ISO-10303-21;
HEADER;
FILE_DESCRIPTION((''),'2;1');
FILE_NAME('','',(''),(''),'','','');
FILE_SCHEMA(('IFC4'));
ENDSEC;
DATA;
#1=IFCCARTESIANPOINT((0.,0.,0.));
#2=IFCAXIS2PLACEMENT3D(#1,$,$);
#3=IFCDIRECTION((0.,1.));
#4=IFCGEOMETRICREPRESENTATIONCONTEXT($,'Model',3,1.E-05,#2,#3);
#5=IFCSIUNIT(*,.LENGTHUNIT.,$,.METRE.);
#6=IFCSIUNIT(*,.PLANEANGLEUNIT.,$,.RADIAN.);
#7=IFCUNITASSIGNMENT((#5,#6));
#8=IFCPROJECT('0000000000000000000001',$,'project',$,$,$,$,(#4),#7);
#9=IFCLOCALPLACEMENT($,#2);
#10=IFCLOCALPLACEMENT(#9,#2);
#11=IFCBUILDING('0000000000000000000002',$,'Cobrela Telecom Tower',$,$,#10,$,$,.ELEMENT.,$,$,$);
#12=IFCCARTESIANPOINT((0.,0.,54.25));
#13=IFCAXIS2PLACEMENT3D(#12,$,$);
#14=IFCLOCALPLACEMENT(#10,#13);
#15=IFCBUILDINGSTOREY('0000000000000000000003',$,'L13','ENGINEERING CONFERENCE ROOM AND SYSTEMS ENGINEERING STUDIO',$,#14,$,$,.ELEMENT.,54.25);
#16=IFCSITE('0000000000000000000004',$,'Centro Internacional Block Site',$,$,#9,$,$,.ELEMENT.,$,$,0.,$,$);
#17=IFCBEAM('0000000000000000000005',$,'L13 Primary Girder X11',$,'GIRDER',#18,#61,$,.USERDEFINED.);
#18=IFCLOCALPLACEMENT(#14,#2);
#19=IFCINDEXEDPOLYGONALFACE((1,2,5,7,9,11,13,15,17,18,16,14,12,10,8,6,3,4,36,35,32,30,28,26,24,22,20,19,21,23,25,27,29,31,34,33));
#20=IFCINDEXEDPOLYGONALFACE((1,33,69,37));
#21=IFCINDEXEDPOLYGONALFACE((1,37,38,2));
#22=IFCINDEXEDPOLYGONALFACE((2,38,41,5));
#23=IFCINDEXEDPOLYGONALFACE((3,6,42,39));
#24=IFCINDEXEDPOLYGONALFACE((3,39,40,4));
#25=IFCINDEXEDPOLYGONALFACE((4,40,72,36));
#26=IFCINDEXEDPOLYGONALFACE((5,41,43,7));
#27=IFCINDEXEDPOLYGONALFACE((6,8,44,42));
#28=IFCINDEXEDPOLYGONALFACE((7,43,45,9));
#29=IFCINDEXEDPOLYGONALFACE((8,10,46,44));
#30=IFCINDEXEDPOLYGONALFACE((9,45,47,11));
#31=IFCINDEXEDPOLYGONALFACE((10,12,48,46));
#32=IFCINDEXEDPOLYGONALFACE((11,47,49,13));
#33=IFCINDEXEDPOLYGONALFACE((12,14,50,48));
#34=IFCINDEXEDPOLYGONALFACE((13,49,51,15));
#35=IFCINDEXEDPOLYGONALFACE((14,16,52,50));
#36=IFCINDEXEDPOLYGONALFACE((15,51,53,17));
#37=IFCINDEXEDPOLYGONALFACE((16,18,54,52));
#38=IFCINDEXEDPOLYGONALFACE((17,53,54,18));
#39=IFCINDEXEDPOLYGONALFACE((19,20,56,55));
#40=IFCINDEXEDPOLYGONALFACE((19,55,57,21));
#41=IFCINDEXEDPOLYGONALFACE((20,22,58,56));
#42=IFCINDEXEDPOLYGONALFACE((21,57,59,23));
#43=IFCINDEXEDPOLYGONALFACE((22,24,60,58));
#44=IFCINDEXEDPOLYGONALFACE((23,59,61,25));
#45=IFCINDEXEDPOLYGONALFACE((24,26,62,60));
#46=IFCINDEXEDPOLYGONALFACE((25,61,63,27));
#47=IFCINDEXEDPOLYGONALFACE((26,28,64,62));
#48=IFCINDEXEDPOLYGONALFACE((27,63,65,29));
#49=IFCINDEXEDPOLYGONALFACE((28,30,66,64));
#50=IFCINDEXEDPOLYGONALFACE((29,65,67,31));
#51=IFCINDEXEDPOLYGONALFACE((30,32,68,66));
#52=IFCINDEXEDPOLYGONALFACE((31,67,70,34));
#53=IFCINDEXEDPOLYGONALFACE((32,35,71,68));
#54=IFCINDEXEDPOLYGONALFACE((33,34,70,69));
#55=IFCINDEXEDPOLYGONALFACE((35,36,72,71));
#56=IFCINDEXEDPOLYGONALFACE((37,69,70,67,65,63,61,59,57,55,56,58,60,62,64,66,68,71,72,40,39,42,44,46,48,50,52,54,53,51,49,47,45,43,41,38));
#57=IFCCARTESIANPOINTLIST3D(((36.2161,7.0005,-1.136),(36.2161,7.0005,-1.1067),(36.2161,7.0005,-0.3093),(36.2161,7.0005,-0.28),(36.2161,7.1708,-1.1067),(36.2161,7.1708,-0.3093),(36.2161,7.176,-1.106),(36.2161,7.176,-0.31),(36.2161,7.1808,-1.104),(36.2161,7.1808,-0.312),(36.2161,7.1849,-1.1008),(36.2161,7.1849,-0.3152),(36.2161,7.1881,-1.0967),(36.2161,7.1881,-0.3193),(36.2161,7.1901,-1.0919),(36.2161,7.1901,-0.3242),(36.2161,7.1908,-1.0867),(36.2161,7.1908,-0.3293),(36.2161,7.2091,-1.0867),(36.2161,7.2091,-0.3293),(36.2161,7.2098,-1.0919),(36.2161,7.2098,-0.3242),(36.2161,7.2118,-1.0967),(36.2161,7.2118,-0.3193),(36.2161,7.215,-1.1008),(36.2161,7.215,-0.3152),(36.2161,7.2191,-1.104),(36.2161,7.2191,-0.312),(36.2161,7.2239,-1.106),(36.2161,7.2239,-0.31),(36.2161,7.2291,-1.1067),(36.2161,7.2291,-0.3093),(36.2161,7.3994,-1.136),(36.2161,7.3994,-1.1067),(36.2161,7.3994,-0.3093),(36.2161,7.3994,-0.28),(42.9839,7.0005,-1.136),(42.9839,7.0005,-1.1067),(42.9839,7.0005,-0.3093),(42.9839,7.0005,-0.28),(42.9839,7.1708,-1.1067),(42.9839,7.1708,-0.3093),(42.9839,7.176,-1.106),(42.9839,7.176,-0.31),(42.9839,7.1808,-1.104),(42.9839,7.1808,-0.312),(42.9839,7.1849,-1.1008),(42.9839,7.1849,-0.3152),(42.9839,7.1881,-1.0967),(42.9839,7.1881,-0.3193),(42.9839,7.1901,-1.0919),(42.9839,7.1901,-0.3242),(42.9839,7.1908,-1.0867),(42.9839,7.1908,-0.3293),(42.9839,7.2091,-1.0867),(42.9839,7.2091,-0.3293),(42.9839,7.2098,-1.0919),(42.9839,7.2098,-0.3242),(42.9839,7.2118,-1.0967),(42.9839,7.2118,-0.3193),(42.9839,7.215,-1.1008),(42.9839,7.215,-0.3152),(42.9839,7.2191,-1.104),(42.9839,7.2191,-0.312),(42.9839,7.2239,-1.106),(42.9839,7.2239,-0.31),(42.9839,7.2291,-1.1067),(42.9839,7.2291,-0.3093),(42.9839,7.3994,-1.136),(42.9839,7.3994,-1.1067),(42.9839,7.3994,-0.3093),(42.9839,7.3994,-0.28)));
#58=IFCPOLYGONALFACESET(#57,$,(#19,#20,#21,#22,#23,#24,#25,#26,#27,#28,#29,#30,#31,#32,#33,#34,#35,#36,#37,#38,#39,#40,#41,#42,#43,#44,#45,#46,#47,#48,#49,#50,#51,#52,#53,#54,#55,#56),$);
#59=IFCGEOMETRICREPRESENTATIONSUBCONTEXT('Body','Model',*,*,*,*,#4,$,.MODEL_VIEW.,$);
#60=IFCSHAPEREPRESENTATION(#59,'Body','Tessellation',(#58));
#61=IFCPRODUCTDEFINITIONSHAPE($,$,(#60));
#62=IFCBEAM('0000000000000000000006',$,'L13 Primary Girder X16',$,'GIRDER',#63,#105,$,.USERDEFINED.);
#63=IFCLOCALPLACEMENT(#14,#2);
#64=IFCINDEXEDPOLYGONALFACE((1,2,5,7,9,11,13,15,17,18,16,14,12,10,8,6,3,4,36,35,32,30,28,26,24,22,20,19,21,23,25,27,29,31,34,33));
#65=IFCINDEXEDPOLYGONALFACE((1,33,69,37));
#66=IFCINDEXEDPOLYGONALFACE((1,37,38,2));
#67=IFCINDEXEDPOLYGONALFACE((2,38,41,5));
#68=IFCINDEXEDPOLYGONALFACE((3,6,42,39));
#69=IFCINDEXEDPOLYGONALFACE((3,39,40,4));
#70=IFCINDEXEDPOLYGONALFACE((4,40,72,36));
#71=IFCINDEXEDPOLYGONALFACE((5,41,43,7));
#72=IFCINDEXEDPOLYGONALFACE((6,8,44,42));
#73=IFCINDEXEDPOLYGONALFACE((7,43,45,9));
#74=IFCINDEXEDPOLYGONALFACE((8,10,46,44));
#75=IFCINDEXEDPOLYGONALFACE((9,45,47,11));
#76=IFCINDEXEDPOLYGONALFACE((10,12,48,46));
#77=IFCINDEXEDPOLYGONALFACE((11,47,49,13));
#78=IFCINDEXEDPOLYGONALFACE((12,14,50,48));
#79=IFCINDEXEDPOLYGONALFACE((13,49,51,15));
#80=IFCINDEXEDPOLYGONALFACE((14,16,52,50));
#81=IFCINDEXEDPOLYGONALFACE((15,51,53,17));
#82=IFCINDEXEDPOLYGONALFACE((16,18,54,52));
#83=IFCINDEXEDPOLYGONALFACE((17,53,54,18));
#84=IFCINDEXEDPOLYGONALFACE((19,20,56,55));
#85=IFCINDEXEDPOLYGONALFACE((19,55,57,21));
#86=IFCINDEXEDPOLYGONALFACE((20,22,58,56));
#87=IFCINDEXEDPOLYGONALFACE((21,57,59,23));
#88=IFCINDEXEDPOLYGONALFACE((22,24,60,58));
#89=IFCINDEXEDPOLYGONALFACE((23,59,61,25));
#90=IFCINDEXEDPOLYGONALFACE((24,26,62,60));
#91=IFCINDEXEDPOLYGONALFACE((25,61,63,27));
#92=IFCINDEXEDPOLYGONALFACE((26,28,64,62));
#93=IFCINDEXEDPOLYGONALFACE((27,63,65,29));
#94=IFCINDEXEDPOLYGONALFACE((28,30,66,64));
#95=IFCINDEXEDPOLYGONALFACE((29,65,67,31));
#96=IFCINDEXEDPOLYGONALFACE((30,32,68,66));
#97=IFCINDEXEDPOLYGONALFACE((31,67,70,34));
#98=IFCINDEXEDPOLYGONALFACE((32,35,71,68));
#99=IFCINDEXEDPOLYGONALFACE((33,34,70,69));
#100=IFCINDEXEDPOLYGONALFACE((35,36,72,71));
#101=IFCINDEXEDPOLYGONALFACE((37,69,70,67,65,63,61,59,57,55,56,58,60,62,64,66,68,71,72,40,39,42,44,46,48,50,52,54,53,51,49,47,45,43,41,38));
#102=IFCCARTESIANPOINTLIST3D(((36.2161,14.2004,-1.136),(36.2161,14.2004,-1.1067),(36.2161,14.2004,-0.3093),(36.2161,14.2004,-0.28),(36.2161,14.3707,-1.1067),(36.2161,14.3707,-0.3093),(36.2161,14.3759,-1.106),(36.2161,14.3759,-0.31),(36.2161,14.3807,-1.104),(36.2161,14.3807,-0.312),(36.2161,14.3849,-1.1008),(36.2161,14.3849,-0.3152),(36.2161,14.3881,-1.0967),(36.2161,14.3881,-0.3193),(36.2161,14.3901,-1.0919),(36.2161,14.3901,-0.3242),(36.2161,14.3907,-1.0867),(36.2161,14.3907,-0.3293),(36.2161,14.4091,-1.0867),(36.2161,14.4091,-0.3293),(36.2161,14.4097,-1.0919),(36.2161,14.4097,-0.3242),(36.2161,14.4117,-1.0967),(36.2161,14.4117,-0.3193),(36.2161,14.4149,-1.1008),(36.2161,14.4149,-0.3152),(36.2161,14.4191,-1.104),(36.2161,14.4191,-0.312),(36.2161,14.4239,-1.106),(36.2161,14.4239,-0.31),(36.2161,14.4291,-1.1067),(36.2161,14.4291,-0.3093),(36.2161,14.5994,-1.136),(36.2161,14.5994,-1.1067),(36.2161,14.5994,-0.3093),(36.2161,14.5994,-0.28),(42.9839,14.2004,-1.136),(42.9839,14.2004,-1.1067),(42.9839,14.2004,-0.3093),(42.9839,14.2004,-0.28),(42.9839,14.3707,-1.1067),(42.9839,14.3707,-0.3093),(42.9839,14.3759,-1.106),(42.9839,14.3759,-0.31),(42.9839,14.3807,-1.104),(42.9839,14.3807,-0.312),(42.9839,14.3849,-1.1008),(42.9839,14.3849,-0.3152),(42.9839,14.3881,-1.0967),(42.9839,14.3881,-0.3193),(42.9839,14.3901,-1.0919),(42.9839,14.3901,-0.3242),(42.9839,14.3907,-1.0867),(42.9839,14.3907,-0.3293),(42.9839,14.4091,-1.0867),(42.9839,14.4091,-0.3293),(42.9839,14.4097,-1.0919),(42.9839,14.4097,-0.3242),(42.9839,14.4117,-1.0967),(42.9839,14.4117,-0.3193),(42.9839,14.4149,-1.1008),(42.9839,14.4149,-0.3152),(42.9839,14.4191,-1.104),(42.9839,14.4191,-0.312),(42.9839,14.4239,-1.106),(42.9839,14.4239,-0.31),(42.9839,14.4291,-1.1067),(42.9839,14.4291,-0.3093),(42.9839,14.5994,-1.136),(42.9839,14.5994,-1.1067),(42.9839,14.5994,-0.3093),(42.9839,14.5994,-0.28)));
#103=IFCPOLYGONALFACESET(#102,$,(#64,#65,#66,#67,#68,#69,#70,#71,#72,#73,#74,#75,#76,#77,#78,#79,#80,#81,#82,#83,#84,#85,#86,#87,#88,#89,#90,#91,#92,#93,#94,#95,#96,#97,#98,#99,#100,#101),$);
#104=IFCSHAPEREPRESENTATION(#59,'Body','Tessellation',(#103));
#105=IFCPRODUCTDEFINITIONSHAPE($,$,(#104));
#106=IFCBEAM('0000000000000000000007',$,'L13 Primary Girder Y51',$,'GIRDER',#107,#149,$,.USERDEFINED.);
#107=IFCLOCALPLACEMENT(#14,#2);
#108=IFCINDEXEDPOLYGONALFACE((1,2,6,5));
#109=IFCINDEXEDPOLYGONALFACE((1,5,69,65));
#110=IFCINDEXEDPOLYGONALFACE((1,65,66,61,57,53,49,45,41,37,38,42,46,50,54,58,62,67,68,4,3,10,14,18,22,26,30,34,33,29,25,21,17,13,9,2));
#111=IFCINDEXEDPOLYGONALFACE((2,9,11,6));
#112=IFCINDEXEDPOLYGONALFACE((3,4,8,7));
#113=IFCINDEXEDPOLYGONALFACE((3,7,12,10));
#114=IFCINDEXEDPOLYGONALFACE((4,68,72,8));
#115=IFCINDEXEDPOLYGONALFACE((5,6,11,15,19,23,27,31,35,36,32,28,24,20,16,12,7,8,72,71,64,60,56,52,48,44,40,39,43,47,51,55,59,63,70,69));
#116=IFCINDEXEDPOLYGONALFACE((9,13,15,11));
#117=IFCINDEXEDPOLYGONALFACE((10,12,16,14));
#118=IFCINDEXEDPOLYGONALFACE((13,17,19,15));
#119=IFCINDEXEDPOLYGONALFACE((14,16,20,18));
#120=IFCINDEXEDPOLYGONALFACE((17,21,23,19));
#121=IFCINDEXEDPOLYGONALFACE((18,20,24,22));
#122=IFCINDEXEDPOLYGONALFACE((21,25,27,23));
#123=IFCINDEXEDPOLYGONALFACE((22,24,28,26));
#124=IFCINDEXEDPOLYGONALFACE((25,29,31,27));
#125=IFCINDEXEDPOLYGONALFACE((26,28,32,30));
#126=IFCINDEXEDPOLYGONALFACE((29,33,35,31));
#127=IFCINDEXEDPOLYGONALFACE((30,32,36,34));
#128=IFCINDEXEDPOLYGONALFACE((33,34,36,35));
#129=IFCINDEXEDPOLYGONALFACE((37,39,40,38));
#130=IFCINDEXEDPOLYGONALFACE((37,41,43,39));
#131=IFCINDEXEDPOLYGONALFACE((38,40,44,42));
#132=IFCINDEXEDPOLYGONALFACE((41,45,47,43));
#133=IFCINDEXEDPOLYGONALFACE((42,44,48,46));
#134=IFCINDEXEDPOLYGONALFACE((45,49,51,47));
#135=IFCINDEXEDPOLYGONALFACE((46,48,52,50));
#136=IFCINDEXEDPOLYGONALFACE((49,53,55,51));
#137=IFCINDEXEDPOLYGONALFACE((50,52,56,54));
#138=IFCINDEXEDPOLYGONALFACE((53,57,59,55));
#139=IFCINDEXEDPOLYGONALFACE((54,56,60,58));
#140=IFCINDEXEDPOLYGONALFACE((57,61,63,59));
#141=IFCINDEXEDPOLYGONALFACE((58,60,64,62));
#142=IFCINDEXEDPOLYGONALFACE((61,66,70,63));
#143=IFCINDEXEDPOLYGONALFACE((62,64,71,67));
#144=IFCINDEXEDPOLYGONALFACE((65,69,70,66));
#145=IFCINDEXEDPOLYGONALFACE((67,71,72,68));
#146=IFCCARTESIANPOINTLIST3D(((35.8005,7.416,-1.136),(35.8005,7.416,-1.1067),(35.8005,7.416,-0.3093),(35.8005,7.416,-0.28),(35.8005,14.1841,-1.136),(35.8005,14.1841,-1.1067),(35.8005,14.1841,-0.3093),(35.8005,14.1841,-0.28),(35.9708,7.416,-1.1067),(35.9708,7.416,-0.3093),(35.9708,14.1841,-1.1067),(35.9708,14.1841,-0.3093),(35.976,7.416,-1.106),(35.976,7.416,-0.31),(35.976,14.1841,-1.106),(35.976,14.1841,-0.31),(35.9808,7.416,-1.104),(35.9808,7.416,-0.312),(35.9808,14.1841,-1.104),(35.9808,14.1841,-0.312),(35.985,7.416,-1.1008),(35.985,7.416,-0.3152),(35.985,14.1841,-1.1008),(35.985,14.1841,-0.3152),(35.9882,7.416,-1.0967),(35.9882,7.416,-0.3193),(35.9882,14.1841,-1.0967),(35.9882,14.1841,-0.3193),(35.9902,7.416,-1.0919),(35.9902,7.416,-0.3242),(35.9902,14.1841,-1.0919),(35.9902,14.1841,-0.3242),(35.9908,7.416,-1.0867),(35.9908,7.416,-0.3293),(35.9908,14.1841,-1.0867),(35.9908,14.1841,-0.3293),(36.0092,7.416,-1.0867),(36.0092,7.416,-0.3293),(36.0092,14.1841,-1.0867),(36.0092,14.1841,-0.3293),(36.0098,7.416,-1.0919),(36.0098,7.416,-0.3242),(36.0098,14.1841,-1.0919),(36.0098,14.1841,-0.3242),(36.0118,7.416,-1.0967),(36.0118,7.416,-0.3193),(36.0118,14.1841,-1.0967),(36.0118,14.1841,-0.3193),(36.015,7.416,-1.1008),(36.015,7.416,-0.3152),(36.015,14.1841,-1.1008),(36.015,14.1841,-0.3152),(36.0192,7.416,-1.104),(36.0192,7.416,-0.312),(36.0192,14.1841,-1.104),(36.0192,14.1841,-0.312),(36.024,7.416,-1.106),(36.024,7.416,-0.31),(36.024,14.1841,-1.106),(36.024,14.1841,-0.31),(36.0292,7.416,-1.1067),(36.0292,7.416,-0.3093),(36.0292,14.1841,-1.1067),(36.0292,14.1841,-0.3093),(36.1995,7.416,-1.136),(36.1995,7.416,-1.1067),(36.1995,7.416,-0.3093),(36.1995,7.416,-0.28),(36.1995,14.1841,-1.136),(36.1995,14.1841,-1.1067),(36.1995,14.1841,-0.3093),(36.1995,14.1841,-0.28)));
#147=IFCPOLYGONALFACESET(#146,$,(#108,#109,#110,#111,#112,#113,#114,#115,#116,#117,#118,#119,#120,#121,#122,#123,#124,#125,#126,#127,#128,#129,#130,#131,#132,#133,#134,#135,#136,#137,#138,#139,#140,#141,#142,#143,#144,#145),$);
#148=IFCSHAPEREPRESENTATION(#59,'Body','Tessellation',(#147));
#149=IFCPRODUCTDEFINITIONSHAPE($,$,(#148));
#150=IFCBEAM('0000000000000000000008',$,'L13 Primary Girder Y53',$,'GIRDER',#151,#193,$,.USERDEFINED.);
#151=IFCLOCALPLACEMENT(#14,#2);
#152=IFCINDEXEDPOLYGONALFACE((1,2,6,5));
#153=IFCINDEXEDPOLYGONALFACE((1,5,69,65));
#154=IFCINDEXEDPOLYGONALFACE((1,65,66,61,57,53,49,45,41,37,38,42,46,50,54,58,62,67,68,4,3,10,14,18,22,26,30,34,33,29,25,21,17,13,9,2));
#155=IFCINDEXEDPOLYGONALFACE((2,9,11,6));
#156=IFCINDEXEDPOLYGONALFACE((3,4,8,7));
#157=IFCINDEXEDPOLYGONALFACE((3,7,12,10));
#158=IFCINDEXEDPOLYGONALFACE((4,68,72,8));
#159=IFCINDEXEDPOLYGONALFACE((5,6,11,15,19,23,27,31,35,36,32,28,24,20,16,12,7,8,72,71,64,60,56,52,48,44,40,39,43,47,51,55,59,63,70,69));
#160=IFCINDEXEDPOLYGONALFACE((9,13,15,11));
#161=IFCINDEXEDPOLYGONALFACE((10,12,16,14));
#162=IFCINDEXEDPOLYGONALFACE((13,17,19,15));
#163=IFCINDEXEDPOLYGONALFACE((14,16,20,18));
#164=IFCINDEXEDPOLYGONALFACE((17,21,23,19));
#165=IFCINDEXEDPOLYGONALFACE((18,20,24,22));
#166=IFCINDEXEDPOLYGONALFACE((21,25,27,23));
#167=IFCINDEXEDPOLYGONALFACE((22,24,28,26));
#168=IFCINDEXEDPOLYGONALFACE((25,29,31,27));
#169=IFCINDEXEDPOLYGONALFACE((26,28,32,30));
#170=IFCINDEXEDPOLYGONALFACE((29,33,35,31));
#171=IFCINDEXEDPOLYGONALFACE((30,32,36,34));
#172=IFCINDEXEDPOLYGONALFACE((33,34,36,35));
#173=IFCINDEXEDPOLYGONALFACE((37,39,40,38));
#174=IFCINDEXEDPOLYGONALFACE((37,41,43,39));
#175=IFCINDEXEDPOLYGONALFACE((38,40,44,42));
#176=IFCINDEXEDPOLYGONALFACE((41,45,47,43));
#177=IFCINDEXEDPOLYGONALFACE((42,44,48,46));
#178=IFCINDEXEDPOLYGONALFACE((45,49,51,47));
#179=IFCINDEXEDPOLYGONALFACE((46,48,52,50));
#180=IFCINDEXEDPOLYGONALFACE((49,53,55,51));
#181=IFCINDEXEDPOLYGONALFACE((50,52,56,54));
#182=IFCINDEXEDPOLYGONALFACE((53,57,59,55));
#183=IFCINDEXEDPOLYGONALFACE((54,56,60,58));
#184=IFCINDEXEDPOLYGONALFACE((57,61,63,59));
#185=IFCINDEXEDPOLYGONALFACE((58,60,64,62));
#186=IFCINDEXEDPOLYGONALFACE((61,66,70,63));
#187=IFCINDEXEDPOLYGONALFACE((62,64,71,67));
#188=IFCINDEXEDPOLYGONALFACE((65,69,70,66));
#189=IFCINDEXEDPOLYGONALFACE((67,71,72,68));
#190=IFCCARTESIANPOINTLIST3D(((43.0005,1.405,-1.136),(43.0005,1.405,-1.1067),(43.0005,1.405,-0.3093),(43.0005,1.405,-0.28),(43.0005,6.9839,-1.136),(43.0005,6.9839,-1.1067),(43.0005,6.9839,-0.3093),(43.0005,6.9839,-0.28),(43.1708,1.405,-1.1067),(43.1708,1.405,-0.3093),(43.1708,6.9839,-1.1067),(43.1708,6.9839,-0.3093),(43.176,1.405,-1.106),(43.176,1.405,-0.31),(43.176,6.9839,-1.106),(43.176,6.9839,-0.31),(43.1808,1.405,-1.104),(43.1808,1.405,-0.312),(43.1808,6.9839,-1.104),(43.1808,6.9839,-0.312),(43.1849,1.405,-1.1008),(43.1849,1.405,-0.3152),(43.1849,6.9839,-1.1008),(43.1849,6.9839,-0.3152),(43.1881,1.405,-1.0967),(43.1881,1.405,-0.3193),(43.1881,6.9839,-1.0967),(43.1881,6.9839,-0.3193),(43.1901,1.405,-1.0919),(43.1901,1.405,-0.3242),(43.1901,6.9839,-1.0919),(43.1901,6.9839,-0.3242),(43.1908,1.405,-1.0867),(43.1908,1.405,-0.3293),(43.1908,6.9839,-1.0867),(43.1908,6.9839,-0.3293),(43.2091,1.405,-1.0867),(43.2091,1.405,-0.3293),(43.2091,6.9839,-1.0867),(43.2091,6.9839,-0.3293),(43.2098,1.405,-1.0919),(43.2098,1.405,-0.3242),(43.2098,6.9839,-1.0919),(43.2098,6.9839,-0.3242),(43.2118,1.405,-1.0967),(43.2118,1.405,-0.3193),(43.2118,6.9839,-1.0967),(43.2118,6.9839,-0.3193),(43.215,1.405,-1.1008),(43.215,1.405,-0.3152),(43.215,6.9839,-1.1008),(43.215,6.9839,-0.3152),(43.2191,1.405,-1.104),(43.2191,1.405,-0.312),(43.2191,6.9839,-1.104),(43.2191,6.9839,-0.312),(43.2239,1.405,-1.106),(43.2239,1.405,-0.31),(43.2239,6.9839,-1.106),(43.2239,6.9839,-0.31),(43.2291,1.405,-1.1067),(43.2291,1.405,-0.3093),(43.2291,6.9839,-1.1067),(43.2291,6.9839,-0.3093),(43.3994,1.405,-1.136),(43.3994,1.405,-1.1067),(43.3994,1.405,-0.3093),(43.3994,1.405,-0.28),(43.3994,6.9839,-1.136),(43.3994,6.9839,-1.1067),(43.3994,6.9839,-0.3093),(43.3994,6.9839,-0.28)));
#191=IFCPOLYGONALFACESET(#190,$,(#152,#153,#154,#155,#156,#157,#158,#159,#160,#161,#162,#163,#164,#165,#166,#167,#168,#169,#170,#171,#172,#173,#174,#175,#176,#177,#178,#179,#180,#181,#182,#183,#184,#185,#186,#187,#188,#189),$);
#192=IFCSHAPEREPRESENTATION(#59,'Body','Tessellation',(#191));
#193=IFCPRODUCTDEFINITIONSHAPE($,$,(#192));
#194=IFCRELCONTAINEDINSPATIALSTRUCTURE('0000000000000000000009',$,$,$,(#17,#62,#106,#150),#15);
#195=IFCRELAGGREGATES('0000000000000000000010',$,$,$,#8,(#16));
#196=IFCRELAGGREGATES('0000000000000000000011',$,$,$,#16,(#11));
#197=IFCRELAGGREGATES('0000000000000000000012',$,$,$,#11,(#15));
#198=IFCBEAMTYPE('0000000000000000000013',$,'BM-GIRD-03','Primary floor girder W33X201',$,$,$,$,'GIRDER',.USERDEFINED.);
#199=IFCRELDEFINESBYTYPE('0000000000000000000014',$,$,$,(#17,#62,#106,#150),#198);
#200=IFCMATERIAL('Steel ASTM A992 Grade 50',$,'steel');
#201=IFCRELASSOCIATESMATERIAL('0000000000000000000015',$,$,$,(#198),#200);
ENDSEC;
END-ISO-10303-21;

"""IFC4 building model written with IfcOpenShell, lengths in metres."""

from ifc_helpers import new_model, si_unit, direction, frame, origin, origin_2d, place, context, subcontext, project, spatial, i_section, extrude, material, material_profile, profile_set, type_object, element, save


model = new_model("IFC4")

# Units and contexts
model_context = context("Model", 3, precision=1e-05, world=origin(), true_north=direction((0.0, 1.0)))
body_context = subcontext(model_context, "Body", "Model", "MODEL_VIEW")
ifc_project = project(units=[si_unit("LENGTHUNIT", "METRE"), si_unit("PLANEANGLEUNIT", "RADIAN")], contexts=[model_context])

# Site, building, storey
site_placement = place(None, origin())
site = spatial("IfcSite", under=ifc_project, at=site_placement, Name="Centro Internacional Block Site", CompositionType="ELEMENT", RefElevation=0.0)
building_placement = place(site_placement, origin())
building = spatial("IfcBuilding", under=site, at=building_placement, Name="Cobrela Telecom Tower", CompositionType="ELEMENT")
storey_placement = place(building_placement, frame((0.0, 0.0, 54.25)))
storey = spatial("IfcBuildingStorey", under=building, at=storey_placement, Name="L13", Description="ENGINEERING CONFERENCE ROOM AND SYSTEMS ENGINEERING STUDIO", CompositionType="ELEMENT", Elevation=54.25)

# Shared definitions
ifc_material_1 = material(Name="Steel ASTM A992 Grade 50", Category="steel")

# Beams
ifc_material_profile_1 = material_profile(ifc_material_1, i_section(OverallWidth=0.3989, OverallDepth=0.856, WebThickness=0.0183, FlangeThickness=0.0293, FilletRadius=0.02, at=origin_2d()), Name="W33X201")
ifc_profile_set_1 = profile_set([ifc_material_profile_1], Name="Steel ASTM A992 Grade 50")
beam_type_1 = type_object("IfcBeamType", Name="BM-GIRD-03", Description="Primary floor girder W33X201", ElementType="GIRDER", PredefinedType="USERDEFINED", material=ifc_profile_set_1)
for number, where, z_axis, x_axis, name in (
    (1, (36.2161, 7.2, -0.708), (1.0, 0.0, 0.0), (0.0, 1.0, 0.0), "L13 Primary Girder X11"),
    (2, (36.2161, 14.3999, -0.708), (1.0, 0.0, 0.0), (0.0, 1.0, 0.0), "L13 Primary Girder X16"),
):
    element("IfcBeam", number, at=place(storey_placement, frame(where, z_axis=z_axis, x_axis=x_axis)), inside=storey, type_object=beam_type_1, Name=name, ObjectType="GIRDER", PredefinedType="USERDEFINED", context=body_context, shape_type="SweptSolid", body=[
        extrude(i_section(OverallWidth=0.3989, OverallDepth=0.856, WebThickness=0.0183, FlangeThickness=0.0293, FilletRadius=0.02, at=origin_2d()), origin(), (0.0, 0.0, 1.0), 6.7678),
    ])
beam_1_placement = place(storey_placement, frame((36.0, 7.416, -0.708), z_axis=(0.0, 1.0, 0.0), x_axis=(-1.0, 0.0, 0.0)))
element("IfcBeam", 3, at=beam_1_placement, inside=storey, type_object=beam_type_1, Name="L13 Primary Girder Y51", ObjectType="GIRDER", PredefinedType="USERDEFINED", context=body_context, shape_type="SweptSolid", body=[
    extrude(i_section(OverallWidth=0.3989, OverallDepth=0.856, WebThickness=0.0183, FlangeThickness=0.0293, FilletRadius=0.02, at=origin_2d()), origin(), (0.0, 0.0, 1.0), 6.7681),
])
beam_2_placement = place(storey_placement, frame((43.2, 1.405, -0.708), z_axis=(0.0, 1.0, 0.0), x_axis=(-1.0, 0.0, 0.0)))
element("IfcBeam", 4, at=beam_2_placement, inside=storey, type_object=beam_type_1, Name="L13 Primary Girder Y53", ObjectType="GIRDER", PredefinedType="USERDEFINED", context=body_context, shape_type="SweptSolid", body=[
    extrude(i_section(OverallWidth=0.3989, OverallDepth=0.856, WebThickness=0.0183, FlangeThickness=0.0293, FilletRadius=0.02, at=origin_2d()), origin(), (0.0, 0.0, 1.0), 5.5789),
])

save(model, "model.ifc")
